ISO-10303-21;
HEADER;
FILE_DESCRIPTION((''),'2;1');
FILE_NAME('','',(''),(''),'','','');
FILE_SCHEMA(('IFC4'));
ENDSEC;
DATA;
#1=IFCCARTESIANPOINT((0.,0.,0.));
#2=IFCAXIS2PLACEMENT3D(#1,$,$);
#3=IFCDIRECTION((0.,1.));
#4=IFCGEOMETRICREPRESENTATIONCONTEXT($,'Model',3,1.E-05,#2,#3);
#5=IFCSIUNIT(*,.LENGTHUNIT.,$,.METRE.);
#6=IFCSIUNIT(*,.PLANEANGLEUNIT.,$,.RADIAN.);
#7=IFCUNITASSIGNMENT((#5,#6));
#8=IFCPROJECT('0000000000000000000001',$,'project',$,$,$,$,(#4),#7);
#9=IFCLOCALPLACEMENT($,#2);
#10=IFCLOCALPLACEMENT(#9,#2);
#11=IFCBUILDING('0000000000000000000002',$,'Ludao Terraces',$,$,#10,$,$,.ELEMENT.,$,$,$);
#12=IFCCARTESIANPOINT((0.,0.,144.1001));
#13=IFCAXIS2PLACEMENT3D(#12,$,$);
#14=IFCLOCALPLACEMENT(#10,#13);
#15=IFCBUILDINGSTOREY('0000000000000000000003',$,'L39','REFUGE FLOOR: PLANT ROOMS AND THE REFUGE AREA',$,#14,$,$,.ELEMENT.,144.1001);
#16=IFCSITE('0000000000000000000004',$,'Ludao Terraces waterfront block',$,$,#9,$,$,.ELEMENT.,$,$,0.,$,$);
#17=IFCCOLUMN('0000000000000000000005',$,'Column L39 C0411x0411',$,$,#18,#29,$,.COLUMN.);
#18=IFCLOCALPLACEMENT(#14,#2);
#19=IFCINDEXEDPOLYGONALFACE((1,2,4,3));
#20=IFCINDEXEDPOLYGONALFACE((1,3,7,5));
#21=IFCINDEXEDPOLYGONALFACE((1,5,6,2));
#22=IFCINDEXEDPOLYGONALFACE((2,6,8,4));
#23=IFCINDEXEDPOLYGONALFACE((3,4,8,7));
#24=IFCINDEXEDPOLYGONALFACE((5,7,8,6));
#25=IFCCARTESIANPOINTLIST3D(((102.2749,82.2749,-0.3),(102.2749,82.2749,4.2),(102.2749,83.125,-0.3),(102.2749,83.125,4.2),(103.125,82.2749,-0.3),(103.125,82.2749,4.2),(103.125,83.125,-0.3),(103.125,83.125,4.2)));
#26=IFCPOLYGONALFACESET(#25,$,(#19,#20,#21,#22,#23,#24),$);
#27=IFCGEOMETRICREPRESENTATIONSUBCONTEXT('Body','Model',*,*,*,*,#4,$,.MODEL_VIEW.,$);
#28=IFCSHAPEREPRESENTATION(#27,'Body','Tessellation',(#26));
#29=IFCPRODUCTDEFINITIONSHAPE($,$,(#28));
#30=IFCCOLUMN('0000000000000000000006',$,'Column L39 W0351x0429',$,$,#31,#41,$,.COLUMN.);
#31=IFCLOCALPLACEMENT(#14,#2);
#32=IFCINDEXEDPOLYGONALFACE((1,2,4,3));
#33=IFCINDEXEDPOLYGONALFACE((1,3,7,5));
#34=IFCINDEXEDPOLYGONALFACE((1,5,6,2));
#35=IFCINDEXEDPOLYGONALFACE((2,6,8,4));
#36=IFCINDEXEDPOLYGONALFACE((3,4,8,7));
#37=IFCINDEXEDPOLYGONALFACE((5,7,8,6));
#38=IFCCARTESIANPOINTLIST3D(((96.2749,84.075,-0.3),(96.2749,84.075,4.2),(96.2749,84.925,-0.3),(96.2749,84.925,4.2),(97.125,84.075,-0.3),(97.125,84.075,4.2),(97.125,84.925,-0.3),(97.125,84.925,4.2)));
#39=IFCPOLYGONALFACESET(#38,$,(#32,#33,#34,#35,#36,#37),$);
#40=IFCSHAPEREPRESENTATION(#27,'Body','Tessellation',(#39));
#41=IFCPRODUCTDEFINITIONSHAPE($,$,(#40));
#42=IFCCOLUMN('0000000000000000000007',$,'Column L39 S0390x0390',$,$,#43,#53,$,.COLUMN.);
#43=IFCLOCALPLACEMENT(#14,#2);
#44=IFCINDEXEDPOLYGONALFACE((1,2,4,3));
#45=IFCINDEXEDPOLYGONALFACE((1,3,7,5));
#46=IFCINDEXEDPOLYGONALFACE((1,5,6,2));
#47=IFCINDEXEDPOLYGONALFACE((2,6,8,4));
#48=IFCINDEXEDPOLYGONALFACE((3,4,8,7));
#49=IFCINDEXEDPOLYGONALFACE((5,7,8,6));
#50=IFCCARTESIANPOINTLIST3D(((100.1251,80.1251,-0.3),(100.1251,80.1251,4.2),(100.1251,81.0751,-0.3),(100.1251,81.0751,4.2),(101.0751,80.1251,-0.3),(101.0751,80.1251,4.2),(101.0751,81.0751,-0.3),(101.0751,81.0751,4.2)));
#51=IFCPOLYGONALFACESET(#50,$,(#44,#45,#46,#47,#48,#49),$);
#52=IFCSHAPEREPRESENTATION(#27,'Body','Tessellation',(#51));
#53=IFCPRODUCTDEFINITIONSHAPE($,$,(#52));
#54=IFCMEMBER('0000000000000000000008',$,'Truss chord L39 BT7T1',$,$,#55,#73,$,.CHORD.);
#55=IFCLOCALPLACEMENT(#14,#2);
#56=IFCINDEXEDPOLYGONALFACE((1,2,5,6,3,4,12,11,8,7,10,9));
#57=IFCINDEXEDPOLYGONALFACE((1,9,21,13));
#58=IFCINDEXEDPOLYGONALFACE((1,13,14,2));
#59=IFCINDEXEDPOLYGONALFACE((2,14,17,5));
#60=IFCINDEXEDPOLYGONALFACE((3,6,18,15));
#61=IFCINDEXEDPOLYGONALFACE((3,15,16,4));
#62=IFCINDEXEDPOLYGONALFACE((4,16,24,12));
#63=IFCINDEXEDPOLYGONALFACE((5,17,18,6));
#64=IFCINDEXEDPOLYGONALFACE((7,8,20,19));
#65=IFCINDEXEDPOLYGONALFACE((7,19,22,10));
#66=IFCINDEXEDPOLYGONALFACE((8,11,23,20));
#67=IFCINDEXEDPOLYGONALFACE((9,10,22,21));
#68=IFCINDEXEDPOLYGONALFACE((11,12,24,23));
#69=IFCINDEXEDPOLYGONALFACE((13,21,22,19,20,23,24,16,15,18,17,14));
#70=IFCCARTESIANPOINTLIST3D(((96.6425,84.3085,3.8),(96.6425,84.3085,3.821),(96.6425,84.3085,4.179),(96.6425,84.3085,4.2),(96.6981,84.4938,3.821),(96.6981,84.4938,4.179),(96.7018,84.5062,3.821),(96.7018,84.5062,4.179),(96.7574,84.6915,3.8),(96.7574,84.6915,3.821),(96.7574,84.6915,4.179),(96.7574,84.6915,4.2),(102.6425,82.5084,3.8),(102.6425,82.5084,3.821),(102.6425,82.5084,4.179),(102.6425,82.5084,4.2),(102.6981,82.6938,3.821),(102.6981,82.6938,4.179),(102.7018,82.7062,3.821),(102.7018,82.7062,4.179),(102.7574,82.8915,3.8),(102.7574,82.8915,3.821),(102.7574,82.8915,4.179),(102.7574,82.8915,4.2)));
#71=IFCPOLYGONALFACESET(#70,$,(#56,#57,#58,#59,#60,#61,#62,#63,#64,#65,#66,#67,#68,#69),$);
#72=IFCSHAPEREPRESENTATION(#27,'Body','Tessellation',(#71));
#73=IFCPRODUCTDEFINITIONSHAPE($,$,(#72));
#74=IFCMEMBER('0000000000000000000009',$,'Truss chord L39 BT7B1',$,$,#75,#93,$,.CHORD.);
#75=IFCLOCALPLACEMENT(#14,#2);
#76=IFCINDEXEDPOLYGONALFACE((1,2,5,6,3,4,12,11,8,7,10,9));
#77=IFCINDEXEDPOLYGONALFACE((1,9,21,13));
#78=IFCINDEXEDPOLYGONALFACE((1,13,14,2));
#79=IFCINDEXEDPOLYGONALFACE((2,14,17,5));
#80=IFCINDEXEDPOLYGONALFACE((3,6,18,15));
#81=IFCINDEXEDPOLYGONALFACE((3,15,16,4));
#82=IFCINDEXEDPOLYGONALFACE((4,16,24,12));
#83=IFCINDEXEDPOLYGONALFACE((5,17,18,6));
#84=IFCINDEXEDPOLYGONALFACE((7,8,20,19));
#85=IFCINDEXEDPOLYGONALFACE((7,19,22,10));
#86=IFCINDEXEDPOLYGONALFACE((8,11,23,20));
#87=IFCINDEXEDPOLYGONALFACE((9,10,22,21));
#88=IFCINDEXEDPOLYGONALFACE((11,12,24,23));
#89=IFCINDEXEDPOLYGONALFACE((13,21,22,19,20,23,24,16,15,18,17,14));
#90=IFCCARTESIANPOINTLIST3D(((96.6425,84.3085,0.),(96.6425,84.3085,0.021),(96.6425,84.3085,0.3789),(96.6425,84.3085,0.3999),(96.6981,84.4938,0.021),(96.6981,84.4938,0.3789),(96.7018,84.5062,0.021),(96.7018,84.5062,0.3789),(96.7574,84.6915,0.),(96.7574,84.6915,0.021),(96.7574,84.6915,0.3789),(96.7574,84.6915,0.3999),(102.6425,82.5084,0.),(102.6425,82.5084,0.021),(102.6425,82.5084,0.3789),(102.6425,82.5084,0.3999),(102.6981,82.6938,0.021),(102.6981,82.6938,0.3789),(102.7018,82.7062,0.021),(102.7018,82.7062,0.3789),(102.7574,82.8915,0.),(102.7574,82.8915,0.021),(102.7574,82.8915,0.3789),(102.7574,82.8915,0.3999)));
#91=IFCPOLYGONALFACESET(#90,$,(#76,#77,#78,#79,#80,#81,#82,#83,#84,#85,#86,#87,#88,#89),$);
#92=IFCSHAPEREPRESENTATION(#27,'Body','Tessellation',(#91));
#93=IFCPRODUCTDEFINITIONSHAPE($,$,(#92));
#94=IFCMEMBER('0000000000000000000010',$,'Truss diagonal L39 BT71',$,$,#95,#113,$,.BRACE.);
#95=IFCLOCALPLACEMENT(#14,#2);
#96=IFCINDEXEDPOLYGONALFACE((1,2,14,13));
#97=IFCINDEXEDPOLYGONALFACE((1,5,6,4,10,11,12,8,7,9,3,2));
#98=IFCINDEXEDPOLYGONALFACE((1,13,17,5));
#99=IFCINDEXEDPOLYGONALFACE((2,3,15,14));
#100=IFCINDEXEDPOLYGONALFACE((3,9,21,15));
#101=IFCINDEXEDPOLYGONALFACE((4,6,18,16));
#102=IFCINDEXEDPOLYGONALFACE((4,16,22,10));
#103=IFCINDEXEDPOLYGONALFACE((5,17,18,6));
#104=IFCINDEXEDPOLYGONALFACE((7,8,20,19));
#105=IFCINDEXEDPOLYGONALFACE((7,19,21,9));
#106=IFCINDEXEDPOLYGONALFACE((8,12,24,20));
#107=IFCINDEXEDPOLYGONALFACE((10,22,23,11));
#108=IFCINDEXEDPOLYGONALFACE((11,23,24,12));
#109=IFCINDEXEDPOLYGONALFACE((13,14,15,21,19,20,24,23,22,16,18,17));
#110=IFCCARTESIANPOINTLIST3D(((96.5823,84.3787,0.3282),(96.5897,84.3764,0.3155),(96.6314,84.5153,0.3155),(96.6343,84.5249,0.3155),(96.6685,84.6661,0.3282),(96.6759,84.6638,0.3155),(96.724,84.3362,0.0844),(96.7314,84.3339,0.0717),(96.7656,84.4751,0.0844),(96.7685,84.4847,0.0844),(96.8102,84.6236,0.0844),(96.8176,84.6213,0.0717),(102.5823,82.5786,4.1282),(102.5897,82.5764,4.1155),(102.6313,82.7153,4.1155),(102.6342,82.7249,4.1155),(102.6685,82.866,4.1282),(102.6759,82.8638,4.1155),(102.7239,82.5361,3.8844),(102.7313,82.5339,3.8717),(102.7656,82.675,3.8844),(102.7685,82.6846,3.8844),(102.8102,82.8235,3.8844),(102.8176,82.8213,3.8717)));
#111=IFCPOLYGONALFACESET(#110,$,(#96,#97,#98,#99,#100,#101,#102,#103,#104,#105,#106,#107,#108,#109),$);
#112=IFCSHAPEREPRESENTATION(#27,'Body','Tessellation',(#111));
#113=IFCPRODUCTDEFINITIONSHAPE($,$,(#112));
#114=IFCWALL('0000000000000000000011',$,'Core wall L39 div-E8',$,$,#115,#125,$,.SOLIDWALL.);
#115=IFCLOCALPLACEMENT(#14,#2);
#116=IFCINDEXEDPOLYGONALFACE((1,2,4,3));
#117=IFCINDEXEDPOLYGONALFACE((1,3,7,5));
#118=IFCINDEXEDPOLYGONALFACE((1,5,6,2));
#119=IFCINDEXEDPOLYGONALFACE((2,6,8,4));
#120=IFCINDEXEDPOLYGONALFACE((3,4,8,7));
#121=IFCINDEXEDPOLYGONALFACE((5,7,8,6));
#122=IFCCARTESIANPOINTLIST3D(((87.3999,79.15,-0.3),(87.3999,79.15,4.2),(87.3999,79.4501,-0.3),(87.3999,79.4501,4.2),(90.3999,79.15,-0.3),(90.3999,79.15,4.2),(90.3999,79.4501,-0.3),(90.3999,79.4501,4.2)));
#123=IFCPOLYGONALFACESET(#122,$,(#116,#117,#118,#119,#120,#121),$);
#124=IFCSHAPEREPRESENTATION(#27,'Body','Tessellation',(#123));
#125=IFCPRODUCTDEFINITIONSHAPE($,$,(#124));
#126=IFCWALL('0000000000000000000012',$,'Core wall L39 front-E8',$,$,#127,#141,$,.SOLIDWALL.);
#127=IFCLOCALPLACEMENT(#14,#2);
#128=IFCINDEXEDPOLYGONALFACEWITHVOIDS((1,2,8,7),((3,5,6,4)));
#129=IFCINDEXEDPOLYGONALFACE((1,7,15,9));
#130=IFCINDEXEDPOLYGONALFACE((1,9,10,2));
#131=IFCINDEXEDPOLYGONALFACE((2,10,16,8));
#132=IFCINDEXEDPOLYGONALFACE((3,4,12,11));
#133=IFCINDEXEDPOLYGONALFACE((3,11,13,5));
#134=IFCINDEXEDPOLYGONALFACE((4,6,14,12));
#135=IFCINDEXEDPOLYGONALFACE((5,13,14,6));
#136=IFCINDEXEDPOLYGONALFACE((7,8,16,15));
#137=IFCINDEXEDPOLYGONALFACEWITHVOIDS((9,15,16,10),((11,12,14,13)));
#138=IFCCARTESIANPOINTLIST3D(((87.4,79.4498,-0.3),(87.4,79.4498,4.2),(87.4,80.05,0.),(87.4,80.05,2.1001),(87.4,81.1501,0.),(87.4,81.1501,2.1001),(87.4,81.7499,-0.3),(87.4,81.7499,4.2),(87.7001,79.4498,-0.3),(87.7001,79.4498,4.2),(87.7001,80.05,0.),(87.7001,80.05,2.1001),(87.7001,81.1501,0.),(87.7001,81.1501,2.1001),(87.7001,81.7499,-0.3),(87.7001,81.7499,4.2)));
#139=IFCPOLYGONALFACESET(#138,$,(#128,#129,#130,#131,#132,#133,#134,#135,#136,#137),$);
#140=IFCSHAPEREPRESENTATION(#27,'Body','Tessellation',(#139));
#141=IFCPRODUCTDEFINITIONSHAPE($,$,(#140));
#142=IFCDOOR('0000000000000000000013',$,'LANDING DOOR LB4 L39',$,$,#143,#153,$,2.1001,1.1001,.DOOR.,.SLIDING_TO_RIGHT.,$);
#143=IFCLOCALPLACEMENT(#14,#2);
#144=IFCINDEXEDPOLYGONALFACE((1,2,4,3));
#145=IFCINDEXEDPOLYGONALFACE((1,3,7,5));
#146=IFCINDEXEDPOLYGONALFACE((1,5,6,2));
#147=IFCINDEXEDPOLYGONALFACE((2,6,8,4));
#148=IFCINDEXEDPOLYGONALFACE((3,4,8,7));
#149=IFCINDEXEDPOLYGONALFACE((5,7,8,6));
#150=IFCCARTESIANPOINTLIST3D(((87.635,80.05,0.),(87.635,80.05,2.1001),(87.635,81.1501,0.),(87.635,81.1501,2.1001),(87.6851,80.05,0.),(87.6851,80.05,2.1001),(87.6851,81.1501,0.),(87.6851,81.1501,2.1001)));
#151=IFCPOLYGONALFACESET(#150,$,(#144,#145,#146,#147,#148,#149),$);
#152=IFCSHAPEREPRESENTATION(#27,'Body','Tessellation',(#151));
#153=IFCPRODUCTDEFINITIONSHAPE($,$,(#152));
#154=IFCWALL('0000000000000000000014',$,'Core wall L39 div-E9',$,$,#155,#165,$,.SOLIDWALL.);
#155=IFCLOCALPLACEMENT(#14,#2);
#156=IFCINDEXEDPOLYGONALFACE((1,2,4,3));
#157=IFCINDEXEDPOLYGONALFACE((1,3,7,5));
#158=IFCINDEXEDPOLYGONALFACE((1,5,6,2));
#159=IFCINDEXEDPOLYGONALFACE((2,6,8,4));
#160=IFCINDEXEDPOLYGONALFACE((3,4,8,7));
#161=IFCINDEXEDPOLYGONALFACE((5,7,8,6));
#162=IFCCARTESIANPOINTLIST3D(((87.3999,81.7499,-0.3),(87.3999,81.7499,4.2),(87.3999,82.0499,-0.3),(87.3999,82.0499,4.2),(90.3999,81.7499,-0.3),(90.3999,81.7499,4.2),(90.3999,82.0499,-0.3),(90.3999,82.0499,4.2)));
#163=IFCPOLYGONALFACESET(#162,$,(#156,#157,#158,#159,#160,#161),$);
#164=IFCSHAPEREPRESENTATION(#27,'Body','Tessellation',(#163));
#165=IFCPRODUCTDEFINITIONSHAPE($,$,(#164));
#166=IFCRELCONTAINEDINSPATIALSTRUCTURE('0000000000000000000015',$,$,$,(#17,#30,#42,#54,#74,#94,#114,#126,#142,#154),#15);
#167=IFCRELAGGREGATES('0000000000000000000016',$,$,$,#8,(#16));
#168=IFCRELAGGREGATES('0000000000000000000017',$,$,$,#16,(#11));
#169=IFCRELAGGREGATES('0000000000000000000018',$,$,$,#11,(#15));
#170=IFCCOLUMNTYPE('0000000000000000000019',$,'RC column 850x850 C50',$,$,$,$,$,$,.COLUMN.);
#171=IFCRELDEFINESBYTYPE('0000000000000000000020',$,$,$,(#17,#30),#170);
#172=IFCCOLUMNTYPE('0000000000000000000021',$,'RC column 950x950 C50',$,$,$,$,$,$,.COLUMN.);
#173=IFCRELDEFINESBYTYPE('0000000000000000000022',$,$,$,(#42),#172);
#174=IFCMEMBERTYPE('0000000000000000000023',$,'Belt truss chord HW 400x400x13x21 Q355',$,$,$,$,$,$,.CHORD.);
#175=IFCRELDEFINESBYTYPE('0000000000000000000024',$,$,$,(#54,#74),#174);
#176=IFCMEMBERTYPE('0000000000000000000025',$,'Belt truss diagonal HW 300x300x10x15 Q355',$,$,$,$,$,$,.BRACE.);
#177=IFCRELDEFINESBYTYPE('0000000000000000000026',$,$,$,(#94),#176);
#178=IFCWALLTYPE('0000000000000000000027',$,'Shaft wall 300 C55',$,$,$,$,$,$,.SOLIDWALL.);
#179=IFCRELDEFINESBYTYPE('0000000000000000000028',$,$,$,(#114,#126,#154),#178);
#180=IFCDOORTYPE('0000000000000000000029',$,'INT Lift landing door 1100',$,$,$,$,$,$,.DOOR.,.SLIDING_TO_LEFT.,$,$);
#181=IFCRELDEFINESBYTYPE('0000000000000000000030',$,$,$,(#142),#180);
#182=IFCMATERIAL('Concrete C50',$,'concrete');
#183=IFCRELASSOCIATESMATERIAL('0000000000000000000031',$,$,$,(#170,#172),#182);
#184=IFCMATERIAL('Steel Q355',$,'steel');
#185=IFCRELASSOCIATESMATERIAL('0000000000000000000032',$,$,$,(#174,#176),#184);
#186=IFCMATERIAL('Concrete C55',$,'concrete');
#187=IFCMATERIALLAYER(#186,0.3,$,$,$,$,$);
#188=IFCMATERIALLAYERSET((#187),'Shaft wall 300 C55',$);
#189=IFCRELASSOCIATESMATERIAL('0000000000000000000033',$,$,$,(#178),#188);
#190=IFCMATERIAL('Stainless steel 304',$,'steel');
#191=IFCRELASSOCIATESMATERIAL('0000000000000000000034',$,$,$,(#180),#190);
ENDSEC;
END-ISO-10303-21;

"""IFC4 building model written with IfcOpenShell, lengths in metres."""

from ifc_helpers import new_model, si_unit, direction, frame, frame_2d, origin, origin_2d, place, context, subcontext, project, spatial, rectangle, i_section, extrude, material, layer, layer_set, material_profile, profile_set, type_object, element, fill, save


model = new_model("IFC4")

# Units and contexts
model_context = context("Model", 3, precision=1e-05, world=origin(), true_north=direction((0.0, 1.0)))
body_context = subcontext(model_context, "Body", "Model", "MODEL_VIEW")
ifc_project = project(units=[si_unit("LENGTHUNIT", "METRE"), si_unit("PLANEANGLEUNIT", "RADIAN")], contexts=[model_context])

# Site, building, storey
site_placement = place(None, origin())
site = spatial("IfcSite", under=ifc_project, at=site_placement, Name="Ludao Terraces waterfront block", CompositionType="ELEMENT", RefElevation=0.0)
building_placement = place(site_placement, origin())
building = spatial("IfcBuilding", under=site, at=building_placement, Name="Ludao Terraces", CompositionType="ELEMENT")
storey_placement = place(building_placement, frame((0.0, 0.0, 144.1001)))
storey = spatial("IfcBuildingStorey", under=building, at=storey_placement, Name="L39", Description="REFUGE FLOOR: PLANT ROOMS AND THE REFUGE AREA", CompositionType="ELEMENT", Elevation=144.1001)

# Columns
ifc_material_1 = material(Name="Concrete C50", Category="concrete")
ifc_material_profile_1 = material_profile(ifc_material_1, rectangle(XDim=0.8501, YDim=0.8501, at=origin_2d()), Name="850 X 850")
ifc_profile_set_1 = profile_set([ifc_material_profile_1], Name="Concrete C50")
column_type_1 = type_object("IfcColumnType", Name="RC column 850x850 C50", PredefinedType="COLUMN", material=ifc_profile_set_1)
for number, where, z_axis, x_axis, name in (
    (1, (102.7, 82.7, -0.3), (0.0, 0.0, 1.0), (1.0, 0.0, 0.0), "Column L39 C0411x0411"),
    (2, (96.7, 84.5, -0.3), (0.0, 0.0, 1.0), (1.0, 0.0, 0.0), "Column L39 W0351x0429"),
):
    element("IfcColumn", number, at=place(storey_placement, frame(where, z_axis=z_axis, x_axis=x_axis)), inside=storey, type_object=column_type_1, Name=name, PredefinedType="COLUMN", context=body_context, shape_type="SweptSolid", body=[
        extrude(rectangle(XDim=0.8501, YDim=0.8501, at=origin_2d()), origin(), (0.0, 0.0, 1.0), 4.5),
    ])
ifc_material_profile_2 = material_profile(ifc_material_1, rectangle(XDim=0.95, YDim=0.95, at=origin_2d()), Name="950 X 950")
ifc_profile_set_2 = profile_set([ifc_material_profile_2], Name="Concrete C50")
column_type_2 = type_object("IfcColumnType", Name="RC column 950x950 C50", PredefinedType="COLUMN", material=ifc_profile_set_2)
column_placement = place(storey_placement, frame((100.6001, 80.6001, -0.3), z_axis=(0.0, 0.0, 1.0), x_axis=(1.0, 0.0, 0.0)))
element("IfcColumn", 3, at=column_placement, inside=storey, type_object=column_type_2, Name="Column L39 S0390x0390", PredefinedType="COLUMN", context=body_context, shape_type="SweptSolid", body=[
    extrude(rectangle(XDim=0.95, YDim=0.95, at=origin_2d()), origin(), (0.0, 0.0, 1.0), 4.5),
])

# Members
ifc_material_2 = material(Name="Steel Q355", Category="steel")
ifc_material_profile_3 = material_profile(ifc_material_2, i_section(OverallWidth=0.3999, OverallDepth=0.3999, WebThickness=0.0129, FlangeThickness=0.021, at=origin_2d()), Name="HW 400X400X13X21")
ifc_profile_set_3 = profile_set([ifc_material_profile_3], Name="Steel Q355")
member_type_1 = type_object("IfcMemberType", Name="Belt truss chord HW 400x400x13x21 Q355", PredefinedType="CHORD", material=ifc_profile_set_3)
for number, where, z_axis, x_axis, name in (
    (4, (96.7, 84.5, 4.0), (0.957824, -0.287355, 0.0), (0.287355, 0.957824, 0.0), "Truss chord L39 BT7T1"),
    (5, (96.7, 84.5, 0.2), (0.957824, -0.287355, 0.0), (0.287355, 0.957824, 0.0), "Truss chord L39 BT7B1"),
):
    element("IfcMember", number, at=place(storey_placement, frame(where, z_axis=z_axis, x_axis=x_axis)), inside=storey, type_object=member_type_1, Name=name, PredefinedType="CHORD", context=body_context, shape_type="SweptSolid", body=[
        extrude(i_section(OverallWidth=0.3999, OverallDepth=0.3999, WebThickness=0.0129, FlangeThickness=0.021, at=origin_2d()), origin(), (0.0, 0.0, 1.0), 6.2642),
    ])
ifc_material_profile_4 = material_profile(ifc_material_2, i_section(OverallWidth=0.3, OverallDepth=0.3, WebThickness=0.01, FlangeThickness=0.0149, at=origin_2d()), Name="HW 300X300X10X15")
ifc_profile_set_4 = profile_set([ifc_material_profile_4], Name="Steel Q355")
member_type_2 = type_object("IfcMemberType", Name="Belt truss diagonal HW 300x300x10x15 Q355", PredefinedType="BRACE", material=ifc_profile_set_4)
member_placement = place(storey_placement, frame((96.7, 84.5, 0.2), z_axis=(0.818922, -0.245683, 0.518658), x_axis=(0.287355, 0.957824, 0.0)))
element("IfcMember", 6, at=member_placement, inside=storey, type_object=member_type_2, Name="Truss diagonal L39 BT71", PredefinedType="BRACE", context=body_context, shape_type="SweptSolid", body=[
    extrude(i_section(OverallWidth=0.3, OverallDepth=0.3, WebThickness=0.01, FlangeThickness=0.0149, at=origin_2d()), origin(), (0.0, 0.0, 1.0), 7.3267),
])

# Wall
ifc_material_3 = material(Name="Concrete C55", Category="concrete")
ifc_layer_1 = layer(ifc_material_3, 0.3)
ifc_layer_set_1 = layer_set([ifc_layer_1], Name="Shaft wall 300 C55")
wall_type = type_object("IfcWallType", Name="Shaft wall 300 C55", PredefinedType="SOLIDWALL", material=ifc_layer_set_1)
wall_1_placement = place(storey_placement, frame((87.3999, 79.3, -0.3), z_axis=(0.0, 0.0, 1.0), x_axis=(1.0, 0.0, 0.0)))
element("IfcWall", 7, at=wall_1_placement, inside=storey, type_object=wall_type, Name="Core wall L39 div-E8", PredefinedType="SOLIDWALL", context=body_context, shape_type="SweptSolid", body=[
    extrude(rectangle(XDim=3.0, YDim=0.3, at=frame_2d((1.5, 0.0))), origin(), (0.0, 0.0, 1.0), 4.5),
])

# Wall, opening, door
wall_2_placement = place(storey_placement, frame((87.55, 79.45, -0.3), z_axis=(0.0, 0.0, 1.0), x_axis=(0.0, 1.0, 0.0)))
wall_2 = element("IfcWall", 8, at=wall_2_placement, inside=storey, type_object=wall_type, Name="Core wall L39 front-E8", PredefinedType="SOLIDWALL", context=body_context, shape_type="SweptSolid", body=[
    extrude(rectangle(XDim=2.3, YDim=0.3, at=frame_2d((1.1499, 0.0))), origin(), (0.0, 0.0, 1.0), 4.5),
])
opening_1_placement = place(wall_2_placement, frame((0.6001, 0.0, 0.3)))
opening_1 = element("IfcOpeningElement", 9, at=opening_1_placement, cuts=wall_2, PredefinedType="OPENING", context=body_context, shape_type="SweptSolid", body=[
    extrude(rectangle(XDim=1.1001, YDim=2.1001, at=frame_2d((0.55, 1.05))), frame((0.0, 0.1602, 0.0), z_axis=(0.0, -1.0, 0.0), x_axis=(1.0, 0.0, 0.0)), (0.0, 0.0, 1.0), 0.3201),
])
ifc_material_4 = material(Name="Stainless steel 304", Category="steel")
door_type = type_object("IfcDoorType", Name="INT Lift landing door 1100", OperationType="SLIDING_TO_LEFT", PredefinedType="DOOR", material=ifc_material_4)
door_1_placement = place(opening_1_placement, origin())
door_1 = element("IfcDoor", 10, at=door_1_placement, inside=storey, type_object=door_type, Name="LANDING DOOR LB4 L39", OperationType="SLIDING_TO_RIGHT", OverallHeight=2.1001, OverallWidth=1.1001, PredefinedType="DOOR", context=body_context, shape_type="SweptSolid", body=[
    extrude(rectangle(XDim=1.1001, YDim=2.1001, at=frame_2d((0.55, 1.05))), frame((0.0, -0.085, 0.0), z_axis=(0.0, -1.0, 0.0), x_axis=(1.0, 0.0, 0.0)), (0.0, 0.0, 1.0), 0.05),
])
fill(opening_1, door_1)

# Wall
wall_3_placement = place(storey_placement, frame((87.3999, 81.8999, -0.3), z_axis=(0.0, 0.0, 1.0), x_axis=(1.0, 0.0, 0.0)))
element("IfcWall", 11, at=wall_3_placement, inside=storey, type_object=wall_type, Name="Core wall L39 div-E9", PredefinedType="SOLIDWALL", context=body_context, shape_type="SweptSolid", body=[
    extrude(rectangle(XDim=3.0, YDim=0.3, at=frame_2d((1.5, 0.0))), origin(), (0.0, 0.0, 1.0), 4.5),
])

save(model, "model.ifc")
